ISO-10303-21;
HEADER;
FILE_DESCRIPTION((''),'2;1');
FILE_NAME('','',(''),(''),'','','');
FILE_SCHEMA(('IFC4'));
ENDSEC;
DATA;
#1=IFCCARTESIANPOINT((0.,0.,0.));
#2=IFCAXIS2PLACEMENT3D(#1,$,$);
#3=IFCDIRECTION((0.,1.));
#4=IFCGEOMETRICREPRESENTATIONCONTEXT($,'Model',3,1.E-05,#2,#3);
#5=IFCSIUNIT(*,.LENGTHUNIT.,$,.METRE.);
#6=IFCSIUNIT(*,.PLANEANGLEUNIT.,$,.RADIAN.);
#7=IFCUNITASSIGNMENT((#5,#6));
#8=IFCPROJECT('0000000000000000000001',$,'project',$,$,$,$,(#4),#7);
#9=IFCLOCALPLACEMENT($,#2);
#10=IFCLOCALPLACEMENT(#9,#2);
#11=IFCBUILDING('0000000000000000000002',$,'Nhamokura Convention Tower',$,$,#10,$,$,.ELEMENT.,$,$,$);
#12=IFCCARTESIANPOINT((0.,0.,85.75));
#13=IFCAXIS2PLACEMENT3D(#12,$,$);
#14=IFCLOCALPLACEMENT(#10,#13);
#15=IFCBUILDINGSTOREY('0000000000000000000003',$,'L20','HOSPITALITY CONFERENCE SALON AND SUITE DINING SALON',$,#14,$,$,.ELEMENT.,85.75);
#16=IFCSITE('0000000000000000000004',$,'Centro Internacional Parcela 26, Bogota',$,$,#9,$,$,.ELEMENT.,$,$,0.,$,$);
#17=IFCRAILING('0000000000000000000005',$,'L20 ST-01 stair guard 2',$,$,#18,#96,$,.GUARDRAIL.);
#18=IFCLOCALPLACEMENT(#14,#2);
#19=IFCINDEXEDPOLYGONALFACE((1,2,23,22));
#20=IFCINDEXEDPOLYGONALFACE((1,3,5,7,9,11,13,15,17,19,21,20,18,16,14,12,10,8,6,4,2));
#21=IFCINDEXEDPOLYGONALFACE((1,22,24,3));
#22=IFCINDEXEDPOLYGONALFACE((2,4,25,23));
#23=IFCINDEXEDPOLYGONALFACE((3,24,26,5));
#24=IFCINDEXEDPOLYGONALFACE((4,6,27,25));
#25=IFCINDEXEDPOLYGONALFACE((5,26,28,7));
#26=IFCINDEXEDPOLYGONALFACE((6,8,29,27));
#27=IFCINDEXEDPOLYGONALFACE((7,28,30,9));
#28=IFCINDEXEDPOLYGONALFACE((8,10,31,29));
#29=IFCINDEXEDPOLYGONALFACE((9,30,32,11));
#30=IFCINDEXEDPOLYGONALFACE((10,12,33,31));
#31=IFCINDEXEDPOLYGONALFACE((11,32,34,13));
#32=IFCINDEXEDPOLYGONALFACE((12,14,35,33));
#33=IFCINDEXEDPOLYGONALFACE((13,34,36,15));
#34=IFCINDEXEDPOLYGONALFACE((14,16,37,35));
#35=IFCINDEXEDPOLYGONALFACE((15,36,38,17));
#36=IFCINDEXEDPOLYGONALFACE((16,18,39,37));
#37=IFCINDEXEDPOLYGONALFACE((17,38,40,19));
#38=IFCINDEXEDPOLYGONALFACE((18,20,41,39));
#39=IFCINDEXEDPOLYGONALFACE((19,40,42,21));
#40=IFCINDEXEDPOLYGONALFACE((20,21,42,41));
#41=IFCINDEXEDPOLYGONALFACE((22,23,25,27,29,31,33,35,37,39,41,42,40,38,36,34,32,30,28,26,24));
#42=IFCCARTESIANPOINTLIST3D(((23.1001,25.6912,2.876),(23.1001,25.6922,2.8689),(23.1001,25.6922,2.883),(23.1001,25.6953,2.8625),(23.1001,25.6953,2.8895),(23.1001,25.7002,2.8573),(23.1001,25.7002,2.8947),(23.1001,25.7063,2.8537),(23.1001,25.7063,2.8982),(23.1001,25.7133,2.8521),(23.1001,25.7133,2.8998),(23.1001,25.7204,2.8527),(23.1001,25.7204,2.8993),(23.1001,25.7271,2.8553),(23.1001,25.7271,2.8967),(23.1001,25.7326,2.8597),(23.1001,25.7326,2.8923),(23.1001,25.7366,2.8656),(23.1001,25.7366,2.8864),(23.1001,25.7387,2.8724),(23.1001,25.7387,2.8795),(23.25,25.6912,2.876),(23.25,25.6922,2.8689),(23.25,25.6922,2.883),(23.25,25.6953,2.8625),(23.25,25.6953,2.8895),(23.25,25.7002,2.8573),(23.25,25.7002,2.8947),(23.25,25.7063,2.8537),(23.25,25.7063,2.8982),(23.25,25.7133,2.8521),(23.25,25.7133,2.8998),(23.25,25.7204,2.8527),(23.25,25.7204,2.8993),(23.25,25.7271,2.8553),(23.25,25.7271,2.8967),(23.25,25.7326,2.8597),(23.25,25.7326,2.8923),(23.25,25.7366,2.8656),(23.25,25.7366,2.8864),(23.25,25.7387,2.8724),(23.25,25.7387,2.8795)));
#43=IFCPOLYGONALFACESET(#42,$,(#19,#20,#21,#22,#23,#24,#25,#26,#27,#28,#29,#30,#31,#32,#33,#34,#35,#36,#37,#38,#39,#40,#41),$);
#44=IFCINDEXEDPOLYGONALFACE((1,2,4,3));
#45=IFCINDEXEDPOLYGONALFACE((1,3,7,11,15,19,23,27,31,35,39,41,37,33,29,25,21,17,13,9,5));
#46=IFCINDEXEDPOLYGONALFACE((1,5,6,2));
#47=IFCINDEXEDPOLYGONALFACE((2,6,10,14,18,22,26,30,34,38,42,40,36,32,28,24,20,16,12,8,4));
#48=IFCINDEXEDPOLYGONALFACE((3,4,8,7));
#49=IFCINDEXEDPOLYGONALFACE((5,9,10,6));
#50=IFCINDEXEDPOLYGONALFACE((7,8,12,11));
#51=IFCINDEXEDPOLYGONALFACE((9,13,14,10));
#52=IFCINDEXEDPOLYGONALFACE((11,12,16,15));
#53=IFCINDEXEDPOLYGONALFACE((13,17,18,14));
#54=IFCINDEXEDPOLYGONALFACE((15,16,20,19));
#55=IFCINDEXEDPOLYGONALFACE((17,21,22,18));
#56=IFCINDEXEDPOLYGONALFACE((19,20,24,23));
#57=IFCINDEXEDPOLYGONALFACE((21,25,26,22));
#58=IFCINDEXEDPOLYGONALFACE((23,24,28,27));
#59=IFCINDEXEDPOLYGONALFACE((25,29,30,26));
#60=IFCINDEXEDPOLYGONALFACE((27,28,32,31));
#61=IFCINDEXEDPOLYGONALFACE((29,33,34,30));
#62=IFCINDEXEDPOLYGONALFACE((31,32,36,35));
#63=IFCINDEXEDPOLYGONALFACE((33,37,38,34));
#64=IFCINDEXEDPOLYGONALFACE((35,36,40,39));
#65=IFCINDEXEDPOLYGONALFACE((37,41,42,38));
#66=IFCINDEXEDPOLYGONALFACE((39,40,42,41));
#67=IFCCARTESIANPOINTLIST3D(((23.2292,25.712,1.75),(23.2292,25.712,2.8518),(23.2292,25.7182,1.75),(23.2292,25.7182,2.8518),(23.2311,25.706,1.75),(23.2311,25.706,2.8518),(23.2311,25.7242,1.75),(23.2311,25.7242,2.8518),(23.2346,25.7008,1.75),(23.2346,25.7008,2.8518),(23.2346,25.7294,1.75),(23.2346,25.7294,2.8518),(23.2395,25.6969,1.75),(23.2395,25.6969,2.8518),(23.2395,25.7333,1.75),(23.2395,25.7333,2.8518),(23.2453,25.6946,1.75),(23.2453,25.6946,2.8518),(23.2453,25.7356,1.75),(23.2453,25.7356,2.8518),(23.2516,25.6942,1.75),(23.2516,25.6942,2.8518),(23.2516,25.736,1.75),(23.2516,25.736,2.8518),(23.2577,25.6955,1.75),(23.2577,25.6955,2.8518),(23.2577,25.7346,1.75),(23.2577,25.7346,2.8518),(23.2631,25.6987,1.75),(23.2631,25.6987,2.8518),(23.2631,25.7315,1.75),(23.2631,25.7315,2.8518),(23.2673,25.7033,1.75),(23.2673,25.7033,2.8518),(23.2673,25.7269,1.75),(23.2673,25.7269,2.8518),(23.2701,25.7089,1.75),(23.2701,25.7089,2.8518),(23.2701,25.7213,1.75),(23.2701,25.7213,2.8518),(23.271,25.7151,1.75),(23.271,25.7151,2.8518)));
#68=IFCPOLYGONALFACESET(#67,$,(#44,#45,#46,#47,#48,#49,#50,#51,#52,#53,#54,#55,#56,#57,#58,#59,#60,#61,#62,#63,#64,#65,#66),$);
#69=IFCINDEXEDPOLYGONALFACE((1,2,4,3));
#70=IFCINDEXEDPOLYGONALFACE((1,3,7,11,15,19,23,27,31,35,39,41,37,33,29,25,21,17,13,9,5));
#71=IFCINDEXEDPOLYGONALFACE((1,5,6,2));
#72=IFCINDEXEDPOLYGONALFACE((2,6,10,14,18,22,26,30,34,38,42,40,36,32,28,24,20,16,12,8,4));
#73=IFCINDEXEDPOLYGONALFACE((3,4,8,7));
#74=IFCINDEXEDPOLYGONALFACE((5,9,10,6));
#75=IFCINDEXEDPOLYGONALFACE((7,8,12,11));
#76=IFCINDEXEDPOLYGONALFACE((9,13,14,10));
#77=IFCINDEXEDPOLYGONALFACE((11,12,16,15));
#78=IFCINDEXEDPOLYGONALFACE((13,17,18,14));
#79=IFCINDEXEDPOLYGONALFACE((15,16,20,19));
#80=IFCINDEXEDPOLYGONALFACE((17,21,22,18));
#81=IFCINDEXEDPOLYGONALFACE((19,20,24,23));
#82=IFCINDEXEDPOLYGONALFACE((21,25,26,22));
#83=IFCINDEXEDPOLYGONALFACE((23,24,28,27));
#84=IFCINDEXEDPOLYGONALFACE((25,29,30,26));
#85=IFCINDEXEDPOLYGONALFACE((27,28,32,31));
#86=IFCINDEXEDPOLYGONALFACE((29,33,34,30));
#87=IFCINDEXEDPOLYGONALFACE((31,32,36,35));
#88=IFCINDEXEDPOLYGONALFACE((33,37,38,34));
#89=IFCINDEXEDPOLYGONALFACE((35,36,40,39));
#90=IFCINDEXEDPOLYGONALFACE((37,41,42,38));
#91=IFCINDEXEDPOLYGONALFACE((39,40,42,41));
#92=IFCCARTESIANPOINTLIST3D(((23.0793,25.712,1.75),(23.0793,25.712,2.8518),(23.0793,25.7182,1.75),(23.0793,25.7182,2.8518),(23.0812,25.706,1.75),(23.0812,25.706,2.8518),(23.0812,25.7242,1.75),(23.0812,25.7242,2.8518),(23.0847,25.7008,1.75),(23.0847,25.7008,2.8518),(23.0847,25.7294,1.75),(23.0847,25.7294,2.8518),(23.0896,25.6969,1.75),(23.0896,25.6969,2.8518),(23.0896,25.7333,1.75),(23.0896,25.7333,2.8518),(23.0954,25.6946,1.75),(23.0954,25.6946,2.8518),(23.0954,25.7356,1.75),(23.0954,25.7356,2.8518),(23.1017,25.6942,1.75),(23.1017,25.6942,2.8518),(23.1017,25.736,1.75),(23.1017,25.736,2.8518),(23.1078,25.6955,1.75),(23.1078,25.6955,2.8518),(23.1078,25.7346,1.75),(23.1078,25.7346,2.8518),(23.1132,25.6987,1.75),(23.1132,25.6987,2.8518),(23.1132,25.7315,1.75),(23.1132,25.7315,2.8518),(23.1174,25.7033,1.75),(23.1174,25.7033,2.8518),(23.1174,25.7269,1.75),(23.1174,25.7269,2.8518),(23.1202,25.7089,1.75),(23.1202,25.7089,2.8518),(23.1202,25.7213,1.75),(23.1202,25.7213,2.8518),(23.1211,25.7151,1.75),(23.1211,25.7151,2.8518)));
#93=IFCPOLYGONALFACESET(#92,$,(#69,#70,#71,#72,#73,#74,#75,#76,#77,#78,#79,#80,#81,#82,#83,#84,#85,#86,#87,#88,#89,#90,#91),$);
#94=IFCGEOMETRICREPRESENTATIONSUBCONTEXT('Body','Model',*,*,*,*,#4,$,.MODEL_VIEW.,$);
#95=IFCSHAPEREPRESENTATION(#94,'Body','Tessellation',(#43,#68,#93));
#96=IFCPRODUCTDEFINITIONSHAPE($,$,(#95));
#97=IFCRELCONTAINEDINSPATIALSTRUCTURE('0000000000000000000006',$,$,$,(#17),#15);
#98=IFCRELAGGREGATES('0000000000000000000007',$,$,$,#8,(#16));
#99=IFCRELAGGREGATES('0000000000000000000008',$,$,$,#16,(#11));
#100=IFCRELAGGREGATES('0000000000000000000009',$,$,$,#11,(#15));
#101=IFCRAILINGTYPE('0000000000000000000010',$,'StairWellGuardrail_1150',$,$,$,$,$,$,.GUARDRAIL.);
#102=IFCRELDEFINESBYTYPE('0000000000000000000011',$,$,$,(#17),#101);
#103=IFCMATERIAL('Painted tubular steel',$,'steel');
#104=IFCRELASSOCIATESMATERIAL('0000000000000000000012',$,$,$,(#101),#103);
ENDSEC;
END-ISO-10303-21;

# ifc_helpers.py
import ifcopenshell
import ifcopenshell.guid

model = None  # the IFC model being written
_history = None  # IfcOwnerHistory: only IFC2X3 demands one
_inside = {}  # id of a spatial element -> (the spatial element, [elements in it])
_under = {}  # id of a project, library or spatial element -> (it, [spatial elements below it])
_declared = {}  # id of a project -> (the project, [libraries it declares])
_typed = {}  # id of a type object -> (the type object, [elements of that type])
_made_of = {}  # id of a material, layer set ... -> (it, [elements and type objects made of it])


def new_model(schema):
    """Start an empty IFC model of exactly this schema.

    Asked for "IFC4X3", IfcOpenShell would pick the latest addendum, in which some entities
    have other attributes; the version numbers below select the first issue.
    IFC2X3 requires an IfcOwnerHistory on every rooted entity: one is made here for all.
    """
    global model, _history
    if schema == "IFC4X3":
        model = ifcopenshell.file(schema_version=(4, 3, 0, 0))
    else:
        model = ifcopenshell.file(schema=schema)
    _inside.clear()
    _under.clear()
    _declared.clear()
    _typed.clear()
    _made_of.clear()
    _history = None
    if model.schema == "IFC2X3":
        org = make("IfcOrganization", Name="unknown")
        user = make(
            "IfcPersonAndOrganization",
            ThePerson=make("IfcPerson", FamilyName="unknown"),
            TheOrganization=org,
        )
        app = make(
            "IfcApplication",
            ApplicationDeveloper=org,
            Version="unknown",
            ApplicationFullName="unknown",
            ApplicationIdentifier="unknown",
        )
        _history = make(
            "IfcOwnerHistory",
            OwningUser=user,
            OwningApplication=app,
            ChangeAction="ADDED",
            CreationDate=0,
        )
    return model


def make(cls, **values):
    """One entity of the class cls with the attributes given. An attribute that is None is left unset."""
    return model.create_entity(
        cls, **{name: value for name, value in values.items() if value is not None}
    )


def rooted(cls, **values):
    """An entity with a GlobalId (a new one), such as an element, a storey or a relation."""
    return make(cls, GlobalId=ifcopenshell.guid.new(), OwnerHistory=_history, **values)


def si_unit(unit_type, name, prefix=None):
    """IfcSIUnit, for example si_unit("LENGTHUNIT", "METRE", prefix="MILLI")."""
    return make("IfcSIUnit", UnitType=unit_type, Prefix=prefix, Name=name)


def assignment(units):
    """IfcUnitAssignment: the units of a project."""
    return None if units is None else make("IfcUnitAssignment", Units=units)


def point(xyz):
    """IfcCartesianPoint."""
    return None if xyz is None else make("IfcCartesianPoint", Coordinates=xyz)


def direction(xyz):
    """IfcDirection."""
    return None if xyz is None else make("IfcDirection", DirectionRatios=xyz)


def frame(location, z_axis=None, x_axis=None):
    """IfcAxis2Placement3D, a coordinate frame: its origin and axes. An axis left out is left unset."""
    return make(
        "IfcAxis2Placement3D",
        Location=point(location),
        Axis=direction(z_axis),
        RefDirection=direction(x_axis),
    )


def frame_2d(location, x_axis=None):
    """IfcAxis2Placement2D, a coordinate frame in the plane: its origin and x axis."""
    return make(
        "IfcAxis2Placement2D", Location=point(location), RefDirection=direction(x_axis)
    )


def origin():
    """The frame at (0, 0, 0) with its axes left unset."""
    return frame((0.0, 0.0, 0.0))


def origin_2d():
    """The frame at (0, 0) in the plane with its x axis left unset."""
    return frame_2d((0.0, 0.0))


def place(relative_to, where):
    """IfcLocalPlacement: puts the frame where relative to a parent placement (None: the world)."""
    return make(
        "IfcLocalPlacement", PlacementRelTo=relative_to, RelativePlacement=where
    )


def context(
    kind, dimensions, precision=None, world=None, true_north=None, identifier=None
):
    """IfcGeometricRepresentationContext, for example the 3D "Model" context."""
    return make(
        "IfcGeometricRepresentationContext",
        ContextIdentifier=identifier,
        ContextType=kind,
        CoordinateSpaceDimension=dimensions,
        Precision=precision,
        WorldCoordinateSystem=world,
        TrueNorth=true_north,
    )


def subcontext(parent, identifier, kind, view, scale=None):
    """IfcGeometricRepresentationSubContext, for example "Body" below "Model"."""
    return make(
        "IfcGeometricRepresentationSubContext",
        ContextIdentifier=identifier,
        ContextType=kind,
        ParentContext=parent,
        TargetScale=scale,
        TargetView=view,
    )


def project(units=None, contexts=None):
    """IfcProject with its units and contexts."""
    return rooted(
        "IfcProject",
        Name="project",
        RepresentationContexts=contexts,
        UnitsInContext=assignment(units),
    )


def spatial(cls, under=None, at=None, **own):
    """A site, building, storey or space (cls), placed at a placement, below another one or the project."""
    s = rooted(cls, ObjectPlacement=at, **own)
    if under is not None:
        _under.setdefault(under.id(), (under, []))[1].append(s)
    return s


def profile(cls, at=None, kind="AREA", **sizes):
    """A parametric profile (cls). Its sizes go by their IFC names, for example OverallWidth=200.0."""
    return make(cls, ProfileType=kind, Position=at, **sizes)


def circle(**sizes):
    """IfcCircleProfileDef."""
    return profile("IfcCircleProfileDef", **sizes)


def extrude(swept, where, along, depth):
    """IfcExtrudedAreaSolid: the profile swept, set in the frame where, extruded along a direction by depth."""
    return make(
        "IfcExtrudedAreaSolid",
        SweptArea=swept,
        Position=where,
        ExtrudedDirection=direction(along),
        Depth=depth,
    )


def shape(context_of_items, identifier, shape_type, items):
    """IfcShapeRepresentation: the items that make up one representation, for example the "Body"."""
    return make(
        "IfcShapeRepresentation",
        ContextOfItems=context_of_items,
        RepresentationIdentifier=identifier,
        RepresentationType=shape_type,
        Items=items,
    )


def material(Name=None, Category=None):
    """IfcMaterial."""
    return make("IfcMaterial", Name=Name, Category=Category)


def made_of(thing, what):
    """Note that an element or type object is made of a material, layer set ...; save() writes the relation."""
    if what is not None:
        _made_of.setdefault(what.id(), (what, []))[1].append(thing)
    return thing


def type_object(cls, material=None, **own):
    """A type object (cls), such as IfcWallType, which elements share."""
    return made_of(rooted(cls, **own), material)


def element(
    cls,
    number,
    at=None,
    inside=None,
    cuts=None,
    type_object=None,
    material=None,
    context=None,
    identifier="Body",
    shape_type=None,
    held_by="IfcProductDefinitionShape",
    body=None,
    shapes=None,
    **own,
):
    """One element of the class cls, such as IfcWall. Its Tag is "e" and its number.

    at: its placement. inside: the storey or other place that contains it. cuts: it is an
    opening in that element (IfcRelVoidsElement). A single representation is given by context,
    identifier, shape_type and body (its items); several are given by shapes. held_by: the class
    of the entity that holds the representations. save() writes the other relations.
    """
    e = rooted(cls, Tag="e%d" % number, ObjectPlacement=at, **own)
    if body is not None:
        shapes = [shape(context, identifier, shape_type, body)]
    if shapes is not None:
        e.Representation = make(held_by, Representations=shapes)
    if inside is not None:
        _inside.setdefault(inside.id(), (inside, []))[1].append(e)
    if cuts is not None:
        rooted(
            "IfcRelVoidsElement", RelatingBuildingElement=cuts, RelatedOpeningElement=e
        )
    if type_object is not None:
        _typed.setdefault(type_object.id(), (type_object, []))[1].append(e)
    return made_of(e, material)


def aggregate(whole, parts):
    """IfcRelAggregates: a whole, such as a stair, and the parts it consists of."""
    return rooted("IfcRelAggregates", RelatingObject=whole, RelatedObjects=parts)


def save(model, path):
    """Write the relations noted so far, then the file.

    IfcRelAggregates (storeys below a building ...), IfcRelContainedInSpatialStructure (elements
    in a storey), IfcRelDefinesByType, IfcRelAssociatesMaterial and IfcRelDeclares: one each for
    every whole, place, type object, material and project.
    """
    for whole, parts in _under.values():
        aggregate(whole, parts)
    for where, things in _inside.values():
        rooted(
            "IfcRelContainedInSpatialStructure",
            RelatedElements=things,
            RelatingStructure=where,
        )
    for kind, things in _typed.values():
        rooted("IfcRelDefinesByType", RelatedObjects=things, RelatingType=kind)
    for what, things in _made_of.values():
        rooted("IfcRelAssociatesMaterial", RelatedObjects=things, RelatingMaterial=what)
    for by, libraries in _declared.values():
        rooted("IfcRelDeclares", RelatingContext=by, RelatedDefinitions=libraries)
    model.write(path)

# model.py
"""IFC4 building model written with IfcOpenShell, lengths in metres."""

from ifc_helpers import new_model, si_unit, direction, frame, origin, origin_2d, place, context, subcontext, project, spatial, circle, extrude, material, type_object, element, save


model = new_model("IFC4")

# Units and contexts
model_context = context("Model", 3, precision=1e-05, world=origin(), true_north=direction((0.0, 1.0)))
body_context = subcontext(model_context, "Body", "Model", "MODEL_VIEW")
ifc_project = project(units=[si_unit("LENGTHUNIT", "METRE"), si_unit("PLANEANGLEUNIT", "RADIAN")], contexts=[model_context])

# Site, building, storey
site_placement = place(None, origin())
site = spatial("IfcSite", under=ifc_project, at=site_placement, Name="Centro Internacional Parcela 26, Bogota", CompositionType="ELEMENT", RefElevation=0.0)
building_placement = place(site_placement, origin())
building = spatial("IfcBuilding", under=site, at=building_placement, Name="Nhamokura Convention Tower", CompositionType="ELEMENT")
storey_placement = place(building_placement, frame((0.0, 0.0, 85.75)))
storey = spatial("IfcBuildingStorey", under=building, at=storey_placement, Name="L20", Description="HOSPITALITY CONFERENCE SALON AND SUITE DINING SALON", CompositionType="ELEMENT", Elevation=85.75)

# Railing
ifc_material_1 = material(Name="Painted tubular steel", Category="steel")
railing_type_1 = type_object("IfcRailingType", Name="StairWellGuardrail_1150", PredefinedType="GUARDRAIL", material=ifc_material_1)
railing_1_placement = place(storey_placement, frame((23.25, 25.7151, 1.75)))
element("IfcRailing", 1, at=railing_1_placement, inside=storey, type_object=railing_type_1, Name="L20 ST-01 stair guard 2", PredefinedType="GUARDRAIL", context=body_context, shape_type="SweptSolid", body=[
    extrude(circle(Radius=0.0239, at=origin_2d()), frame((0.0, 0.0, 1.126), z_axis=(-1.0, 0.0, 0.0), x_axis=(0.0, -1.0, 0.0)), (0.0, 0.0, 1.0), 0.1499),
    extrude(circle(Radius=0.021, at=origin_2d()), origin(), (0.0, 0.0, 1.0), 1.1018),
    extrude(circle(Radius=0.021, at=origin_2d()), frame((-0.1499, 0.0, 0.0)), (0.0, 0.0, 1.0), 1.1018),
])

save(model, "model.ifc")
